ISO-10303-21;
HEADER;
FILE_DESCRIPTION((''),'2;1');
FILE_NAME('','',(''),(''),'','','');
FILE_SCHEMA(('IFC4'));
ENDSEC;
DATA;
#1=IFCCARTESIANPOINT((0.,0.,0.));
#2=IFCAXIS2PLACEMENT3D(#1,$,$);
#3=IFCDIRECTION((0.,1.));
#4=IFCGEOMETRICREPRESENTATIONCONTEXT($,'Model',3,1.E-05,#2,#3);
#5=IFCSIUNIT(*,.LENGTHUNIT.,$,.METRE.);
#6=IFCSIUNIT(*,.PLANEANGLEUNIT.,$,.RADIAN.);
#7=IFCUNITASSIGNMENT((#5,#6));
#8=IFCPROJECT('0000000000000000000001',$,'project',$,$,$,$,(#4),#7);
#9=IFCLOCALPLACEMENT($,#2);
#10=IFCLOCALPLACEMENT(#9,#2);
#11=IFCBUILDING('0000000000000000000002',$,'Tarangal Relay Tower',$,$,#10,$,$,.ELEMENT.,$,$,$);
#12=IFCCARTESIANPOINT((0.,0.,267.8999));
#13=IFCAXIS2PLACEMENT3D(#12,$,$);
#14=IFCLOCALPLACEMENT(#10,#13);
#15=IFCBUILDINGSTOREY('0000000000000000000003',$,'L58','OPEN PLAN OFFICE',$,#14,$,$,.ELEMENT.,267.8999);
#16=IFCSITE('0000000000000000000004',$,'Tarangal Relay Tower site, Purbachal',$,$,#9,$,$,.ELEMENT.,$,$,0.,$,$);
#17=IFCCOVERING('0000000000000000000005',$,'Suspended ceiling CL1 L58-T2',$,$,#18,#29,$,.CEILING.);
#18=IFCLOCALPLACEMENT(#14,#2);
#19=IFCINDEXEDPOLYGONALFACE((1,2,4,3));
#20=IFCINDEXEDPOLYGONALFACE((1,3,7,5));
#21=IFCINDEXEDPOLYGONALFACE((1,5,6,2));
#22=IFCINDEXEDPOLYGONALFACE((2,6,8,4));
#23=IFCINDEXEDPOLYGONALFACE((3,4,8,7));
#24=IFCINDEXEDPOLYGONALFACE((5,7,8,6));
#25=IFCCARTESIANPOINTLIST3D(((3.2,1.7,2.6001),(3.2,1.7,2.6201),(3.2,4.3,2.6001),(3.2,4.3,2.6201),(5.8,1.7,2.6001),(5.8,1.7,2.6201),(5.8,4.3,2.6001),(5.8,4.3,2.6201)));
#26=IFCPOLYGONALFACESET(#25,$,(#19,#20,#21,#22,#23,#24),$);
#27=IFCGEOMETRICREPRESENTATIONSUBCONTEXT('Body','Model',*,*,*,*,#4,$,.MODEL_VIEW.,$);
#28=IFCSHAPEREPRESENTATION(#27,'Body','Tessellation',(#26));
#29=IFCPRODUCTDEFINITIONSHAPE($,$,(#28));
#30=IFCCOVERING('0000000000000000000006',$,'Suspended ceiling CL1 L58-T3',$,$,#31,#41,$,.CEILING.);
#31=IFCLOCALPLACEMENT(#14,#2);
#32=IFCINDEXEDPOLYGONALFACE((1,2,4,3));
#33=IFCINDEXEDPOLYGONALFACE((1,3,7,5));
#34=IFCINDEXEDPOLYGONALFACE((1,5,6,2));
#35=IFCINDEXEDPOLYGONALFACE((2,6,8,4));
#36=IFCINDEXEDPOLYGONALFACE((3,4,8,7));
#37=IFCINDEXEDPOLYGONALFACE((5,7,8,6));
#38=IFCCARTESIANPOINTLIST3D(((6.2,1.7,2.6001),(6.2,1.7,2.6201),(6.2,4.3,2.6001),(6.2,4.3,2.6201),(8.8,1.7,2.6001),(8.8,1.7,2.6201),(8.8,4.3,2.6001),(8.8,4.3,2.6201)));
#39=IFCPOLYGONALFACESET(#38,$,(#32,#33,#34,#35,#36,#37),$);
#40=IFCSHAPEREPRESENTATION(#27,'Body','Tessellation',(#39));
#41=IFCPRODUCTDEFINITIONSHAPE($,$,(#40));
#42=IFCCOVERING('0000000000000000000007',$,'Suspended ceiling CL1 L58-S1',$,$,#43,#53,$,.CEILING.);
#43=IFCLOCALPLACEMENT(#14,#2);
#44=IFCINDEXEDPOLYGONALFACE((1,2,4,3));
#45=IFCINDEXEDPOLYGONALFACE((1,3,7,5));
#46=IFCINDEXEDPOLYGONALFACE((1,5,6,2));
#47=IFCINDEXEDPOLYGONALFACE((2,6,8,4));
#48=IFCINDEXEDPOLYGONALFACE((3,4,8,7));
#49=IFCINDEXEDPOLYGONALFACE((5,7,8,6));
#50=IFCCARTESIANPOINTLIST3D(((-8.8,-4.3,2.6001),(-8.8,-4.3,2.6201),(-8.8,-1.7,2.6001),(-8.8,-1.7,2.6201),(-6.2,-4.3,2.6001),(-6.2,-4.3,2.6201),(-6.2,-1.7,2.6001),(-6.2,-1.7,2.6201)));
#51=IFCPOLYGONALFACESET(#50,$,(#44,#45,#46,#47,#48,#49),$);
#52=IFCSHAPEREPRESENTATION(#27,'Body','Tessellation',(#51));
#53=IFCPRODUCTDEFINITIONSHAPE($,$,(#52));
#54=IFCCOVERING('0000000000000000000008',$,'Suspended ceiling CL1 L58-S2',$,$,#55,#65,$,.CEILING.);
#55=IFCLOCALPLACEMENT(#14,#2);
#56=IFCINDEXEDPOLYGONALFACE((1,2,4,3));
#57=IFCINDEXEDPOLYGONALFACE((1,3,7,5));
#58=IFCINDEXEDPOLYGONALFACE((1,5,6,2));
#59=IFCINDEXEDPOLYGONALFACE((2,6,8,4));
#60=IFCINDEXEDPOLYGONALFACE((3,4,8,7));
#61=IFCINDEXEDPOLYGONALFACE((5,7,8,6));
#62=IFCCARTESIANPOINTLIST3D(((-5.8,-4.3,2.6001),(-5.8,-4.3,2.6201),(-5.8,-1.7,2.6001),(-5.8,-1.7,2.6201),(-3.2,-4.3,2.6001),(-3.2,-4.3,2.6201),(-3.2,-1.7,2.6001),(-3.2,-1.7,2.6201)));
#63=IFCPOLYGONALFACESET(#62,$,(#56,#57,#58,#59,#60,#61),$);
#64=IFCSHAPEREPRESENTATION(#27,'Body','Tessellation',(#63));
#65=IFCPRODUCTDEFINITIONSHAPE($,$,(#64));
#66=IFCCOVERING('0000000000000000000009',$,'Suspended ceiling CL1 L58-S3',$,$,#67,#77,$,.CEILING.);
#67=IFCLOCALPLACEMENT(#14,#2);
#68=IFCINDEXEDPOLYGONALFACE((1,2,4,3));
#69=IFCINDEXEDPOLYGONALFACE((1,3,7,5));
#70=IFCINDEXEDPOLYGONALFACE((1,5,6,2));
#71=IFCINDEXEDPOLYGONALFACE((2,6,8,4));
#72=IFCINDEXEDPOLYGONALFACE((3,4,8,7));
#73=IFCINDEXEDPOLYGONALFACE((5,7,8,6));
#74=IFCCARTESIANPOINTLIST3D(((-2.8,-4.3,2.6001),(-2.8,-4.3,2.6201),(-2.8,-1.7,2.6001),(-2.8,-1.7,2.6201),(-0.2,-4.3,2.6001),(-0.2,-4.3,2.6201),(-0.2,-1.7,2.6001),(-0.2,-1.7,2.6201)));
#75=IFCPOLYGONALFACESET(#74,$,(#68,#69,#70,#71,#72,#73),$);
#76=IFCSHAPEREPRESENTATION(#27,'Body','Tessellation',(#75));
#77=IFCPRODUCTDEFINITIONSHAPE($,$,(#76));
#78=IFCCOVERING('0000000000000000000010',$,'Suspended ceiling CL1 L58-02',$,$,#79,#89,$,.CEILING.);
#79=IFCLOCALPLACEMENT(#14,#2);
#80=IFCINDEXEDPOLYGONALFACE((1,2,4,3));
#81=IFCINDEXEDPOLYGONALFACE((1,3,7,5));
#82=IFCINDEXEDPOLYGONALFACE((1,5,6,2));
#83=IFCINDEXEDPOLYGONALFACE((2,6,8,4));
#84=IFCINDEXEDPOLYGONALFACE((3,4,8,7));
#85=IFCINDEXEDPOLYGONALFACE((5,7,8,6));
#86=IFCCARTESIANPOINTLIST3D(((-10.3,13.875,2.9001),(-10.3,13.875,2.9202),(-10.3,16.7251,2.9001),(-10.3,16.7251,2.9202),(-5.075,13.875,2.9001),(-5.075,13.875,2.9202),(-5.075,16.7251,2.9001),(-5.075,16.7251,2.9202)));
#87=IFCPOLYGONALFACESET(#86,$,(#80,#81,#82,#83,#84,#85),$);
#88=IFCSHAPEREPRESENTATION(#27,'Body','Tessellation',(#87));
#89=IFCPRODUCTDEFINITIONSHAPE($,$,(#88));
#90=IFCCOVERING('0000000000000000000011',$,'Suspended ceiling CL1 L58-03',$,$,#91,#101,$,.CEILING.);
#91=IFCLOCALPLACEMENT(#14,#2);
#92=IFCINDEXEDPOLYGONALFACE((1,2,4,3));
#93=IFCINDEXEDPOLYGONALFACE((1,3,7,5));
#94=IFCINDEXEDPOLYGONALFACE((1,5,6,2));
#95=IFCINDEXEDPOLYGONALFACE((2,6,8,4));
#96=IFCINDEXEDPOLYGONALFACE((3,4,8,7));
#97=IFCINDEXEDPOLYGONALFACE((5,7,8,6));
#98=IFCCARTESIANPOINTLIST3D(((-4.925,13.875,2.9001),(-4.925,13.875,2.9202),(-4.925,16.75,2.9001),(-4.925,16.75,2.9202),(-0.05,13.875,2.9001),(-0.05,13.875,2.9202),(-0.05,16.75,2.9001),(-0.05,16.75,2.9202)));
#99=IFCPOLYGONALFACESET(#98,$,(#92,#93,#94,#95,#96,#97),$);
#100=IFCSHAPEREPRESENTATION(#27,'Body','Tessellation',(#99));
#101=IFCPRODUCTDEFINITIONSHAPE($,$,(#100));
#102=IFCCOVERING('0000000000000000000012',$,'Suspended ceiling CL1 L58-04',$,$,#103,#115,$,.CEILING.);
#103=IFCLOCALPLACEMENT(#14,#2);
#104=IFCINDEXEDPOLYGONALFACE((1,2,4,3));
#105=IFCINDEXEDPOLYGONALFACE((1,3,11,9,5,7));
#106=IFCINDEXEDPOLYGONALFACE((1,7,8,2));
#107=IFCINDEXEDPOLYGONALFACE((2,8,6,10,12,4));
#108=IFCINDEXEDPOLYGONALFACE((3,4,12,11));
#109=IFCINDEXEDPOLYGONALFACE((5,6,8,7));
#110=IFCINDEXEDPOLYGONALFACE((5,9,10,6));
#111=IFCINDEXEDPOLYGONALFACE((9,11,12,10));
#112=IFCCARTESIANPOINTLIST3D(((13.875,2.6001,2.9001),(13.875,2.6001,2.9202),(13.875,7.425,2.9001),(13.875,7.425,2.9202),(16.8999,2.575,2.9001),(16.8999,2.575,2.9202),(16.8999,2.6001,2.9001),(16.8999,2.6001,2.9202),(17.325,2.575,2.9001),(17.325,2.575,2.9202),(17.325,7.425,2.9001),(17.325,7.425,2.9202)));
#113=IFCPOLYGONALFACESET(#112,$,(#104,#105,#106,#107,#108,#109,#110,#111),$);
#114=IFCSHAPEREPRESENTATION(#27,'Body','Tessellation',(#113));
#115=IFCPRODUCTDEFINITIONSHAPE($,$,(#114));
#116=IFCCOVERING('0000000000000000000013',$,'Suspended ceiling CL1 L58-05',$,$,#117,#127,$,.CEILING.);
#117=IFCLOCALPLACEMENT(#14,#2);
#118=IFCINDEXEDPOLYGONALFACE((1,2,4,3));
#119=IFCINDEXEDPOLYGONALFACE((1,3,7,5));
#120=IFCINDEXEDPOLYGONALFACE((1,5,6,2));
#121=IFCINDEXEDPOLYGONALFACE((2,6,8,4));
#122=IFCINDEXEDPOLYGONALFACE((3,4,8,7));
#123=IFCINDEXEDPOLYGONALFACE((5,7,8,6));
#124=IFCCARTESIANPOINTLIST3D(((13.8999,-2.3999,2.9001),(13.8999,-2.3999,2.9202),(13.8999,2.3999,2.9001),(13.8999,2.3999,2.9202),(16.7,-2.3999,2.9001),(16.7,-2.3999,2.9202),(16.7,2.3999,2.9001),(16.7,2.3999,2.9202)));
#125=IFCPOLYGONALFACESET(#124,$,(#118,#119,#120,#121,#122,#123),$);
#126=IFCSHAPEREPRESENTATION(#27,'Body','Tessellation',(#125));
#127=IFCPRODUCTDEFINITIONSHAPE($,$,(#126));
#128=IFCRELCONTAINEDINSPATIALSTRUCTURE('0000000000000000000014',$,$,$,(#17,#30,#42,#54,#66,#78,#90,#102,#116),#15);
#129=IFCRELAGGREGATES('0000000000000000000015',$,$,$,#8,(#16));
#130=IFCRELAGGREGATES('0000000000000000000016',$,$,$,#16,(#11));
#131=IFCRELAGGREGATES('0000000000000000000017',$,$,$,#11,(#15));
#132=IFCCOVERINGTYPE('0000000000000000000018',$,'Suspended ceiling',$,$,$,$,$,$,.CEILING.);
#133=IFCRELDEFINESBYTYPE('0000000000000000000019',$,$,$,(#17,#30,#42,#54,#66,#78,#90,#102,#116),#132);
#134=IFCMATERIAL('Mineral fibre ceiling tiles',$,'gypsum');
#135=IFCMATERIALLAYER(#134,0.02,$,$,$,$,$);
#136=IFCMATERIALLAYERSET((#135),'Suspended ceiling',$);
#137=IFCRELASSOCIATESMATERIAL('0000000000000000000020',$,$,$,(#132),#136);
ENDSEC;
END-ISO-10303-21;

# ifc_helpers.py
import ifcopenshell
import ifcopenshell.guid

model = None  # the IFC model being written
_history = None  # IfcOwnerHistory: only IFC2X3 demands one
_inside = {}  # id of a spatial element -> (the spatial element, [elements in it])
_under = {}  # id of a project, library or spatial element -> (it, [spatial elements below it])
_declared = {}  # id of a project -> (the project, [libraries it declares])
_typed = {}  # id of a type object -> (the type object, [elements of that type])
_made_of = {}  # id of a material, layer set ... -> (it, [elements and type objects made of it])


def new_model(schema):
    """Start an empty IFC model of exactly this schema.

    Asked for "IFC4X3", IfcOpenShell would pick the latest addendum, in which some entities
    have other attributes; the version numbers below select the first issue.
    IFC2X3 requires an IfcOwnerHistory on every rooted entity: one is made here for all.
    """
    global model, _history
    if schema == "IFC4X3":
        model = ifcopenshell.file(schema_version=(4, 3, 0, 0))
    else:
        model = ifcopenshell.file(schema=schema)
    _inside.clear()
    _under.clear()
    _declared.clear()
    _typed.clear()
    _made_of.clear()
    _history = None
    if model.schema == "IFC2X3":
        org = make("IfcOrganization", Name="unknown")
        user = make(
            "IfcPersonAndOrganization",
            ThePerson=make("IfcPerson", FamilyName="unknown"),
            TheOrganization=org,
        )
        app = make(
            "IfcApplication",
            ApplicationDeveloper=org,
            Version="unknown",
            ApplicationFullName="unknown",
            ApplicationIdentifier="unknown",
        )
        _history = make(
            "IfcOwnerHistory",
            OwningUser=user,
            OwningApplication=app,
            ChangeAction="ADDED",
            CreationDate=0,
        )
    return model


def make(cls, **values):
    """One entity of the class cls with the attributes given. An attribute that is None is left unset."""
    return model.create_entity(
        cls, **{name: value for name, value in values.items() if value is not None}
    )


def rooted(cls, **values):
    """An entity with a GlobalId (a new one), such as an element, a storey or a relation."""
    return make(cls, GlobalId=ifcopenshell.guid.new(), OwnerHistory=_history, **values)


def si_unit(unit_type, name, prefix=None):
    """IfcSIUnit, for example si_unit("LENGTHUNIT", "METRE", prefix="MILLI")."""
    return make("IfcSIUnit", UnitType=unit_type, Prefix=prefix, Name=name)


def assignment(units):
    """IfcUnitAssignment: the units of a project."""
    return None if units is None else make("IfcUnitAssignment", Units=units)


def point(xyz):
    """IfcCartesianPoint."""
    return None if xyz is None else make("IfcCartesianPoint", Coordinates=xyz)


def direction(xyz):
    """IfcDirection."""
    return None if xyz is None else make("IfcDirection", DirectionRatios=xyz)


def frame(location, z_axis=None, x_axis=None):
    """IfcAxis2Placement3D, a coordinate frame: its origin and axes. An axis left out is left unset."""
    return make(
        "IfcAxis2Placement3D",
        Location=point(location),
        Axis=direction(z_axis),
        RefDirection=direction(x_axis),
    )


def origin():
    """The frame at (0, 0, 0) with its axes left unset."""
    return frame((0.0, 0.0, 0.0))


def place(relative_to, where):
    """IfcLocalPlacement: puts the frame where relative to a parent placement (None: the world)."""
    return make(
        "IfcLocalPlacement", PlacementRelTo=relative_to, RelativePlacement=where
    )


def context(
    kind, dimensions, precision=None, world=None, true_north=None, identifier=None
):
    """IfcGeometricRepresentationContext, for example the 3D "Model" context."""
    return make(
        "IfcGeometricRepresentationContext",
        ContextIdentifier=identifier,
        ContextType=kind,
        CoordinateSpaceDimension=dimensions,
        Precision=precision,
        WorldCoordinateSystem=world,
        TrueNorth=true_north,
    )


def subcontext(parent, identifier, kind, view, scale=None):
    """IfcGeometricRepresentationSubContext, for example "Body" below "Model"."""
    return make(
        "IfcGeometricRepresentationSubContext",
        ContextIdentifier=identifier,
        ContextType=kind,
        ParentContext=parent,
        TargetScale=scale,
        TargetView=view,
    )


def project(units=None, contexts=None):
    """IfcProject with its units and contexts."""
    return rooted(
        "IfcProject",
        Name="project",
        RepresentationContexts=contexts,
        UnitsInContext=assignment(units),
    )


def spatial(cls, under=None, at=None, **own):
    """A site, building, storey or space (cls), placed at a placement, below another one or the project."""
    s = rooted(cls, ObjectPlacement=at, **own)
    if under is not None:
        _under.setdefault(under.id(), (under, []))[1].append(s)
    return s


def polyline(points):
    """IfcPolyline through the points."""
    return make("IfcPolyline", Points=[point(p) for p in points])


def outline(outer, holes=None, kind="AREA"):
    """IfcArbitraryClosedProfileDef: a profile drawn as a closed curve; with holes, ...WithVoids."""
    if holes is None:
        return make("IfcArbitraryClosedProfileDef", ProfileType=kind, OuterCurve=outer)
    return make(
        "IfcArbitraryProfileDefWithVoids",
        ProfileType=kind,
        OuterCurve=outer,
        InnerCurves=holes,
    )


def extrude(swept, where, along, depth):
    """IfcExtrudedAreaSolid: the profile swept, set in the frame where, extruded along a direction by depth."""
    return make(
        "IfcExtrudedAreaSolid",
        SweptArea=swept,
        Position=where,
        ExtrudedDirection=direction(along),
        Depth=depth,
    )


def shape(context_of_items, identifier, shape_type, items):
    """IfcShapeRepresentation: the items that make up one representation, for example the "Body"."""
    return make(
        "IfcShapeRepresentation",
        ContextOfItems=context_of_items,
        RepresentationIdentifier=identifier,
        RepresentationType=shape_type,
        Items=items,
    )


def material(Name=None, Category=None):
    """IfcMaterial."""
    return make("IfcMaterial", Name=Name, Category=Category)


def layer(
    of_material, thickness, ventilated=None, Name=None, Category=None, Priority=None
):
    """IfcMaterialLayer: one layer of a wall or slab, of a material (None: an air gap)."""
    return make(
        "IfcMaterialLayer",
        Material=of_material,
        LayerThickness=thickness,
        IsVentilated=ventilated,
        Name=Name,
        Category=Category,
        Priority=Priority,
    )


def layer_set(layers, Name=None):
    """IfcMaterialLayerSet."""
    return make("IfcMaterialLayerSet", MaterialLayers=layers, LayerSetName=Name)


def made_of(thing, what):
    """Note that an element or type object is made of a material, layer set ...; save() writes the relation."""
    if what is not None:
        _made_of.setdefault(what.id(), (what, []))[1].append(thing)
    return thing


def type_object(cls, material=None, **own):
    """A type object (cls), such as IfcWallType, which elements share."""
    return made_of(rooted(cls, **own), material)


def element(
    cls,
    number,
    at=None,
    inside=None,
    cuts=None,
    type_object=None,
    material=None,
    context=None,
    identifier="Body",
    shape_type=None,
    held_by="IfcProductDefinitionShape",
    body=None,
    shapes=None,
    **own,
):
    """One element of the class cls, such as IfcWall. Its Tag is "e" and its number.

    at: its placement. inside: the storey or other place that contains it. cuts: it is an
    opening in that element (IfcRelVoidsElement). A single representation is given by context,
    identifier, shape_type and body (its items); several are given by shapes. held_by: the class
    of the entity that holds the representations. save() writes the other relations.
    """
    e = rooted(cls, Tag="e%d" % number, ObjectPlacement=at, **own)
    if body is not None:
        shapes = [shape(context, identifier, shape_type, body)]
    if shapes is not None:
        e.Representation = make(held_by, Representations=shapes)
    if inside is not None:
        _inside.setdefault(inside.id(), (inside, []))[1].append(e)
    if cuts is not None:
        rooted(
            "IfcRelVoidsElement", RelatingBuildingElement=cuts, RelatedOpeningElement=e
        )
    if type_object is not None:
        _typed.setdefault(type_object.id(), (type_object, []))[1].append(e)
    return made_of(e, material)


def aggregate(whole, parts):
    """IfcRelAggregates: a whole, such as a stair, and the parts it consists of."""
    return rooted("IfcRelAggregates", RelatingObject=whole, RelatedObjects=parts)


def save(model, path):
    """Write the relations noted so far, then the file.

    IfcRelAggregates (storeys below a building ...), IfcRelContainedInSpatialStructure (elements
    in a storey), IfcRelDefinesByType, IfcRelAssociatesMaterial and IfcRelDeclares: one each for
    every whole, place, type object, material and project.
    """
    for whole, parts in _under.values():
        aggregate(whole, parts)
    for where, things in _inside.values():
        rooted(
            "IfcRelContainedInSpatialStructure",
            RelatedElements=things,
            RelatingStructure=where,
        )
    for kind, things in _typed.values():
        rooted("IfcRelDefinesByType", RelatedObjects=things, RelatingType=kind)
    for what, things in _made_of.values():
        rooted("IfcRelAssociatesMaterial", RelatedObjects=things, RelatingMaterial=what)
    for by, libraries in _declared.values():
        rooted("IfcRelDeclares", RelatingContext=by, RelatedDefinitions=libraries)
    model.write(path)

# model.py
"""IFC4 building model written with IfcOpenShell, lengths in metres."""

from ifc_helpers import new_model, si_unit, direction, frame, origin, place, context, subcontext, project, spatial, polyline, outline, extrude, material, layer, layer_set, type_object, element, save


model = new_model("IFC4")

# Units and contexts
model_context = context("Model", 3, precision=1e-05, world=origin(), true_north=direction((0.0, 1.0)))
body_context = subcontext(model_context, "Body", "Model", "MODEL_VIEW")
ifc_project = project(units=[si_unit("LENGTHUNIT", "METRE"), si_unit("PLANEANGLEUNIT", "RADIAN")], contexts=[model_context])

# Site, building, storey
site_placement = place(None, origin())
site = spatial("IfcSite", under=ifc_project, at=site_placement, Name="Tarangal Relay Tower site, Purbachal", CompositionType="ELEMENT", RefElevation=0.0)
building_placement = place(site_placement, origin())
building = spatial("IfcBuilding", under=site, at=building_placement, Name="Tarangal Relay Tower", CompositionType="ELEMENT")
storey_placement = place(building_placement, frame((0.0, 0.0, 267.8999)))
storey = spatial("IfcBuildingStorey", under=building, at=storey_placement, Name="L58", Description="OPEN PLAN OFFICE", CompositionType="ELEMENT", Elevation=267.8999)

# Coverings
ifc_material_1 = material(Name="Mineral fibre ceiling tiles", Category="gypsum")
ifc_layer_1 = layer(ifc_material_1, 0.02)
ifc_layer_set_1 = layer_set([ifc_layer_1], Name="Suspended ceiling")
covering_type_1 = type_object("IfcCoveringType", Name="Suspended ceiling", PredefinedType="CEILING", material=ifc_layer_set_1)
covering_1_placement = place(storey_placement, frame((0.0, 0.0, 2.6001)))
element("IfcCovering", 1, at=covering_1_placement, inside=storey, type_object=covering_type_1, Name="Suspended ceiling CL1 L58-T2", PredefinedType="CEILING", context=body_context, shape_type="SweptSolid", body=[
    extrude(outline(polyline([(3.2, 1.7), (5.8, 1.7), (5.8, 4.3), (3.2, 4.3), (3.2, 1.7)])), origin(), (0.0, 0.0, 1.0), 0.02),
])
covering_2_placement = place(storey_placement, frame((0.0, 0.0, 2.6001)))
element("IfcCovering", 2, at=covering_2_placement, inside=storey, type_object=covering_type_1, Name="Suspended ceiling CL1 L58-T3", PredefinedType="CEILING", context=body_context, shape_type="SweptSolid", body=[
    extrude(outline(polyline([(6.2, 1.7), (8.8, 1.7), (8.8, 4.3), (6.2, 4.3), (6.2, 1.7)])), origin(), (0.0, 0.0, 1.0), 0.02),
])
covering_3_placement = place(storey_placement, frame((0.0, 0.0, 2.6001)))
element("IfcCovering", 3, at=covering_3_placement, inside=storey, type_object=covering_type_1, Name="Suspended ceiling CL1 L58-S1", PredefinedType="CEILING", context=body_context, shape_type="SweptSolid", body=[
    extrude(outline(polyline([(-8.8, -4.3), (-6.2, -4.3), (-6.2, -1.7), (-8.8, -1.7), (-8.8, -4.3)])), origin(), (0.0, 0.0, 1.0), 0.02),
])
covering_4_placement = place(storey_placement, frame((0.0, 0.0, 2.6001)))
element("IfcCovering", 4, at=covering_4_placement, inside=storey, type_object=covering_type_1, Name="Suspended ceiling CL1 L58-S2", PredefinedType="CEILING", context=body_context, shape_type="SweptSolid", body=[
    extrude(outline(polyline([(-5.8, -4.3), (-3.2, -4.3), (-3.2, -1.7), (-5.8, -1.7), (-5.8, -4.3)])), origin(), (0.0, 0.0, 1.0), 0.02),
])
covering_5_placement = place(storey_placement, frame((0.0, 0.0, 2.6001)))
element("IfcCovering", 5, at=covering_5_placement, inside=storey, type_object=covering_type_1, Name="Suspended ceiling CL1 L58-S3", PredefinedType="CEILING", context=body_context, shape_type="SweptSolid", body=[
    extrude(outline(polyline([(-2.8, -4.3), (-0.2, -4.3), (-0.2, -1.7), (-2.8, -1.7), (-2.8, -4.3)])), origin(), (0.0, 0.0, 1.0), 0.02),
])
covering_6_placement = place(storey_placement, frame((0.0, 0.0, 2.9001)))
element("IfcCovering", 6, at=covering_6_placement, inside=storey, type_object=covering_type_1, Name="Suspended ceiling CL1 L58-02", PredefinedType="CEILING", context=body_context, shape_type="SweptSolid", body=[
    extrude(outline(polyline([(-10.3, 16.7251), (-10.3, 13.875), (-5.075, 13.875), (-5.075, 16.7251), (-10.3, 16.7251)])), origin(), (0.0, 0.0, 1.0), 0.02),
])
covering_7_placement = place(storey_placement, frame((0.0, 0.0, 2.9001)))
element("IfcCovering", 7, at=covering_7_placement, inside=storey, type_object=covering_type_1, Name="Suspended ceiling CL1 L58-03", PredefinedType="CEILING", context=body_context, shape_type="SweptSolid", body=[
    extrude(outline(polyline([(-4.925, 16.75), (-4.925, 13.875), (-0.05, 13.875), (-0.05, 16.75), (-4.925, 16.75)])), origin(), (0.0, 0.0, 1.0), 0.02),
])
covering_8_placement = place(storey_placement, frame((0.0, 0.0, 2.9001)))
element("IfcCovering", 8, at=covering_8_placement, inside=storey, type_object=covering_type_1, Name="Suspended ceiling CL1 L58-04", PredefinedType="CEILING", context=body_context, shape_type="SweptSolid", body=[
    extrude(outline(polyline([(16.8999, 2.575), (17.325, 2.575), (17.325, 7.425), (13.875, 7.425), (13.875, 2.6001), (16.8999, 2.6001), (16.8999, 2.575)])), origin(), (0.0, 0.0, 1.0), 0.02),
])
covering_9_placement = place(storey_placement, frame((0.0, 0.0, 2.9001)))
element("IfcCovering", 9, at=covering_9_placement, inside=storey, type_object=covering_type_1, Name="Suspended ceiling CL1 L58-05", PredefinedType="CEILING", context=body_context, shape_type="SweptSolid", body=[
    extrude(outline(polyline([(16.7, -2.3999), (16.7, 2.3999), (13.8999, 2.3999), (13.8999, -2.3999), (16.7, -2.3999)])), origin(), (0.0, 0.0, 1.0), 0.02),
])

save(model, "model.ifc")
